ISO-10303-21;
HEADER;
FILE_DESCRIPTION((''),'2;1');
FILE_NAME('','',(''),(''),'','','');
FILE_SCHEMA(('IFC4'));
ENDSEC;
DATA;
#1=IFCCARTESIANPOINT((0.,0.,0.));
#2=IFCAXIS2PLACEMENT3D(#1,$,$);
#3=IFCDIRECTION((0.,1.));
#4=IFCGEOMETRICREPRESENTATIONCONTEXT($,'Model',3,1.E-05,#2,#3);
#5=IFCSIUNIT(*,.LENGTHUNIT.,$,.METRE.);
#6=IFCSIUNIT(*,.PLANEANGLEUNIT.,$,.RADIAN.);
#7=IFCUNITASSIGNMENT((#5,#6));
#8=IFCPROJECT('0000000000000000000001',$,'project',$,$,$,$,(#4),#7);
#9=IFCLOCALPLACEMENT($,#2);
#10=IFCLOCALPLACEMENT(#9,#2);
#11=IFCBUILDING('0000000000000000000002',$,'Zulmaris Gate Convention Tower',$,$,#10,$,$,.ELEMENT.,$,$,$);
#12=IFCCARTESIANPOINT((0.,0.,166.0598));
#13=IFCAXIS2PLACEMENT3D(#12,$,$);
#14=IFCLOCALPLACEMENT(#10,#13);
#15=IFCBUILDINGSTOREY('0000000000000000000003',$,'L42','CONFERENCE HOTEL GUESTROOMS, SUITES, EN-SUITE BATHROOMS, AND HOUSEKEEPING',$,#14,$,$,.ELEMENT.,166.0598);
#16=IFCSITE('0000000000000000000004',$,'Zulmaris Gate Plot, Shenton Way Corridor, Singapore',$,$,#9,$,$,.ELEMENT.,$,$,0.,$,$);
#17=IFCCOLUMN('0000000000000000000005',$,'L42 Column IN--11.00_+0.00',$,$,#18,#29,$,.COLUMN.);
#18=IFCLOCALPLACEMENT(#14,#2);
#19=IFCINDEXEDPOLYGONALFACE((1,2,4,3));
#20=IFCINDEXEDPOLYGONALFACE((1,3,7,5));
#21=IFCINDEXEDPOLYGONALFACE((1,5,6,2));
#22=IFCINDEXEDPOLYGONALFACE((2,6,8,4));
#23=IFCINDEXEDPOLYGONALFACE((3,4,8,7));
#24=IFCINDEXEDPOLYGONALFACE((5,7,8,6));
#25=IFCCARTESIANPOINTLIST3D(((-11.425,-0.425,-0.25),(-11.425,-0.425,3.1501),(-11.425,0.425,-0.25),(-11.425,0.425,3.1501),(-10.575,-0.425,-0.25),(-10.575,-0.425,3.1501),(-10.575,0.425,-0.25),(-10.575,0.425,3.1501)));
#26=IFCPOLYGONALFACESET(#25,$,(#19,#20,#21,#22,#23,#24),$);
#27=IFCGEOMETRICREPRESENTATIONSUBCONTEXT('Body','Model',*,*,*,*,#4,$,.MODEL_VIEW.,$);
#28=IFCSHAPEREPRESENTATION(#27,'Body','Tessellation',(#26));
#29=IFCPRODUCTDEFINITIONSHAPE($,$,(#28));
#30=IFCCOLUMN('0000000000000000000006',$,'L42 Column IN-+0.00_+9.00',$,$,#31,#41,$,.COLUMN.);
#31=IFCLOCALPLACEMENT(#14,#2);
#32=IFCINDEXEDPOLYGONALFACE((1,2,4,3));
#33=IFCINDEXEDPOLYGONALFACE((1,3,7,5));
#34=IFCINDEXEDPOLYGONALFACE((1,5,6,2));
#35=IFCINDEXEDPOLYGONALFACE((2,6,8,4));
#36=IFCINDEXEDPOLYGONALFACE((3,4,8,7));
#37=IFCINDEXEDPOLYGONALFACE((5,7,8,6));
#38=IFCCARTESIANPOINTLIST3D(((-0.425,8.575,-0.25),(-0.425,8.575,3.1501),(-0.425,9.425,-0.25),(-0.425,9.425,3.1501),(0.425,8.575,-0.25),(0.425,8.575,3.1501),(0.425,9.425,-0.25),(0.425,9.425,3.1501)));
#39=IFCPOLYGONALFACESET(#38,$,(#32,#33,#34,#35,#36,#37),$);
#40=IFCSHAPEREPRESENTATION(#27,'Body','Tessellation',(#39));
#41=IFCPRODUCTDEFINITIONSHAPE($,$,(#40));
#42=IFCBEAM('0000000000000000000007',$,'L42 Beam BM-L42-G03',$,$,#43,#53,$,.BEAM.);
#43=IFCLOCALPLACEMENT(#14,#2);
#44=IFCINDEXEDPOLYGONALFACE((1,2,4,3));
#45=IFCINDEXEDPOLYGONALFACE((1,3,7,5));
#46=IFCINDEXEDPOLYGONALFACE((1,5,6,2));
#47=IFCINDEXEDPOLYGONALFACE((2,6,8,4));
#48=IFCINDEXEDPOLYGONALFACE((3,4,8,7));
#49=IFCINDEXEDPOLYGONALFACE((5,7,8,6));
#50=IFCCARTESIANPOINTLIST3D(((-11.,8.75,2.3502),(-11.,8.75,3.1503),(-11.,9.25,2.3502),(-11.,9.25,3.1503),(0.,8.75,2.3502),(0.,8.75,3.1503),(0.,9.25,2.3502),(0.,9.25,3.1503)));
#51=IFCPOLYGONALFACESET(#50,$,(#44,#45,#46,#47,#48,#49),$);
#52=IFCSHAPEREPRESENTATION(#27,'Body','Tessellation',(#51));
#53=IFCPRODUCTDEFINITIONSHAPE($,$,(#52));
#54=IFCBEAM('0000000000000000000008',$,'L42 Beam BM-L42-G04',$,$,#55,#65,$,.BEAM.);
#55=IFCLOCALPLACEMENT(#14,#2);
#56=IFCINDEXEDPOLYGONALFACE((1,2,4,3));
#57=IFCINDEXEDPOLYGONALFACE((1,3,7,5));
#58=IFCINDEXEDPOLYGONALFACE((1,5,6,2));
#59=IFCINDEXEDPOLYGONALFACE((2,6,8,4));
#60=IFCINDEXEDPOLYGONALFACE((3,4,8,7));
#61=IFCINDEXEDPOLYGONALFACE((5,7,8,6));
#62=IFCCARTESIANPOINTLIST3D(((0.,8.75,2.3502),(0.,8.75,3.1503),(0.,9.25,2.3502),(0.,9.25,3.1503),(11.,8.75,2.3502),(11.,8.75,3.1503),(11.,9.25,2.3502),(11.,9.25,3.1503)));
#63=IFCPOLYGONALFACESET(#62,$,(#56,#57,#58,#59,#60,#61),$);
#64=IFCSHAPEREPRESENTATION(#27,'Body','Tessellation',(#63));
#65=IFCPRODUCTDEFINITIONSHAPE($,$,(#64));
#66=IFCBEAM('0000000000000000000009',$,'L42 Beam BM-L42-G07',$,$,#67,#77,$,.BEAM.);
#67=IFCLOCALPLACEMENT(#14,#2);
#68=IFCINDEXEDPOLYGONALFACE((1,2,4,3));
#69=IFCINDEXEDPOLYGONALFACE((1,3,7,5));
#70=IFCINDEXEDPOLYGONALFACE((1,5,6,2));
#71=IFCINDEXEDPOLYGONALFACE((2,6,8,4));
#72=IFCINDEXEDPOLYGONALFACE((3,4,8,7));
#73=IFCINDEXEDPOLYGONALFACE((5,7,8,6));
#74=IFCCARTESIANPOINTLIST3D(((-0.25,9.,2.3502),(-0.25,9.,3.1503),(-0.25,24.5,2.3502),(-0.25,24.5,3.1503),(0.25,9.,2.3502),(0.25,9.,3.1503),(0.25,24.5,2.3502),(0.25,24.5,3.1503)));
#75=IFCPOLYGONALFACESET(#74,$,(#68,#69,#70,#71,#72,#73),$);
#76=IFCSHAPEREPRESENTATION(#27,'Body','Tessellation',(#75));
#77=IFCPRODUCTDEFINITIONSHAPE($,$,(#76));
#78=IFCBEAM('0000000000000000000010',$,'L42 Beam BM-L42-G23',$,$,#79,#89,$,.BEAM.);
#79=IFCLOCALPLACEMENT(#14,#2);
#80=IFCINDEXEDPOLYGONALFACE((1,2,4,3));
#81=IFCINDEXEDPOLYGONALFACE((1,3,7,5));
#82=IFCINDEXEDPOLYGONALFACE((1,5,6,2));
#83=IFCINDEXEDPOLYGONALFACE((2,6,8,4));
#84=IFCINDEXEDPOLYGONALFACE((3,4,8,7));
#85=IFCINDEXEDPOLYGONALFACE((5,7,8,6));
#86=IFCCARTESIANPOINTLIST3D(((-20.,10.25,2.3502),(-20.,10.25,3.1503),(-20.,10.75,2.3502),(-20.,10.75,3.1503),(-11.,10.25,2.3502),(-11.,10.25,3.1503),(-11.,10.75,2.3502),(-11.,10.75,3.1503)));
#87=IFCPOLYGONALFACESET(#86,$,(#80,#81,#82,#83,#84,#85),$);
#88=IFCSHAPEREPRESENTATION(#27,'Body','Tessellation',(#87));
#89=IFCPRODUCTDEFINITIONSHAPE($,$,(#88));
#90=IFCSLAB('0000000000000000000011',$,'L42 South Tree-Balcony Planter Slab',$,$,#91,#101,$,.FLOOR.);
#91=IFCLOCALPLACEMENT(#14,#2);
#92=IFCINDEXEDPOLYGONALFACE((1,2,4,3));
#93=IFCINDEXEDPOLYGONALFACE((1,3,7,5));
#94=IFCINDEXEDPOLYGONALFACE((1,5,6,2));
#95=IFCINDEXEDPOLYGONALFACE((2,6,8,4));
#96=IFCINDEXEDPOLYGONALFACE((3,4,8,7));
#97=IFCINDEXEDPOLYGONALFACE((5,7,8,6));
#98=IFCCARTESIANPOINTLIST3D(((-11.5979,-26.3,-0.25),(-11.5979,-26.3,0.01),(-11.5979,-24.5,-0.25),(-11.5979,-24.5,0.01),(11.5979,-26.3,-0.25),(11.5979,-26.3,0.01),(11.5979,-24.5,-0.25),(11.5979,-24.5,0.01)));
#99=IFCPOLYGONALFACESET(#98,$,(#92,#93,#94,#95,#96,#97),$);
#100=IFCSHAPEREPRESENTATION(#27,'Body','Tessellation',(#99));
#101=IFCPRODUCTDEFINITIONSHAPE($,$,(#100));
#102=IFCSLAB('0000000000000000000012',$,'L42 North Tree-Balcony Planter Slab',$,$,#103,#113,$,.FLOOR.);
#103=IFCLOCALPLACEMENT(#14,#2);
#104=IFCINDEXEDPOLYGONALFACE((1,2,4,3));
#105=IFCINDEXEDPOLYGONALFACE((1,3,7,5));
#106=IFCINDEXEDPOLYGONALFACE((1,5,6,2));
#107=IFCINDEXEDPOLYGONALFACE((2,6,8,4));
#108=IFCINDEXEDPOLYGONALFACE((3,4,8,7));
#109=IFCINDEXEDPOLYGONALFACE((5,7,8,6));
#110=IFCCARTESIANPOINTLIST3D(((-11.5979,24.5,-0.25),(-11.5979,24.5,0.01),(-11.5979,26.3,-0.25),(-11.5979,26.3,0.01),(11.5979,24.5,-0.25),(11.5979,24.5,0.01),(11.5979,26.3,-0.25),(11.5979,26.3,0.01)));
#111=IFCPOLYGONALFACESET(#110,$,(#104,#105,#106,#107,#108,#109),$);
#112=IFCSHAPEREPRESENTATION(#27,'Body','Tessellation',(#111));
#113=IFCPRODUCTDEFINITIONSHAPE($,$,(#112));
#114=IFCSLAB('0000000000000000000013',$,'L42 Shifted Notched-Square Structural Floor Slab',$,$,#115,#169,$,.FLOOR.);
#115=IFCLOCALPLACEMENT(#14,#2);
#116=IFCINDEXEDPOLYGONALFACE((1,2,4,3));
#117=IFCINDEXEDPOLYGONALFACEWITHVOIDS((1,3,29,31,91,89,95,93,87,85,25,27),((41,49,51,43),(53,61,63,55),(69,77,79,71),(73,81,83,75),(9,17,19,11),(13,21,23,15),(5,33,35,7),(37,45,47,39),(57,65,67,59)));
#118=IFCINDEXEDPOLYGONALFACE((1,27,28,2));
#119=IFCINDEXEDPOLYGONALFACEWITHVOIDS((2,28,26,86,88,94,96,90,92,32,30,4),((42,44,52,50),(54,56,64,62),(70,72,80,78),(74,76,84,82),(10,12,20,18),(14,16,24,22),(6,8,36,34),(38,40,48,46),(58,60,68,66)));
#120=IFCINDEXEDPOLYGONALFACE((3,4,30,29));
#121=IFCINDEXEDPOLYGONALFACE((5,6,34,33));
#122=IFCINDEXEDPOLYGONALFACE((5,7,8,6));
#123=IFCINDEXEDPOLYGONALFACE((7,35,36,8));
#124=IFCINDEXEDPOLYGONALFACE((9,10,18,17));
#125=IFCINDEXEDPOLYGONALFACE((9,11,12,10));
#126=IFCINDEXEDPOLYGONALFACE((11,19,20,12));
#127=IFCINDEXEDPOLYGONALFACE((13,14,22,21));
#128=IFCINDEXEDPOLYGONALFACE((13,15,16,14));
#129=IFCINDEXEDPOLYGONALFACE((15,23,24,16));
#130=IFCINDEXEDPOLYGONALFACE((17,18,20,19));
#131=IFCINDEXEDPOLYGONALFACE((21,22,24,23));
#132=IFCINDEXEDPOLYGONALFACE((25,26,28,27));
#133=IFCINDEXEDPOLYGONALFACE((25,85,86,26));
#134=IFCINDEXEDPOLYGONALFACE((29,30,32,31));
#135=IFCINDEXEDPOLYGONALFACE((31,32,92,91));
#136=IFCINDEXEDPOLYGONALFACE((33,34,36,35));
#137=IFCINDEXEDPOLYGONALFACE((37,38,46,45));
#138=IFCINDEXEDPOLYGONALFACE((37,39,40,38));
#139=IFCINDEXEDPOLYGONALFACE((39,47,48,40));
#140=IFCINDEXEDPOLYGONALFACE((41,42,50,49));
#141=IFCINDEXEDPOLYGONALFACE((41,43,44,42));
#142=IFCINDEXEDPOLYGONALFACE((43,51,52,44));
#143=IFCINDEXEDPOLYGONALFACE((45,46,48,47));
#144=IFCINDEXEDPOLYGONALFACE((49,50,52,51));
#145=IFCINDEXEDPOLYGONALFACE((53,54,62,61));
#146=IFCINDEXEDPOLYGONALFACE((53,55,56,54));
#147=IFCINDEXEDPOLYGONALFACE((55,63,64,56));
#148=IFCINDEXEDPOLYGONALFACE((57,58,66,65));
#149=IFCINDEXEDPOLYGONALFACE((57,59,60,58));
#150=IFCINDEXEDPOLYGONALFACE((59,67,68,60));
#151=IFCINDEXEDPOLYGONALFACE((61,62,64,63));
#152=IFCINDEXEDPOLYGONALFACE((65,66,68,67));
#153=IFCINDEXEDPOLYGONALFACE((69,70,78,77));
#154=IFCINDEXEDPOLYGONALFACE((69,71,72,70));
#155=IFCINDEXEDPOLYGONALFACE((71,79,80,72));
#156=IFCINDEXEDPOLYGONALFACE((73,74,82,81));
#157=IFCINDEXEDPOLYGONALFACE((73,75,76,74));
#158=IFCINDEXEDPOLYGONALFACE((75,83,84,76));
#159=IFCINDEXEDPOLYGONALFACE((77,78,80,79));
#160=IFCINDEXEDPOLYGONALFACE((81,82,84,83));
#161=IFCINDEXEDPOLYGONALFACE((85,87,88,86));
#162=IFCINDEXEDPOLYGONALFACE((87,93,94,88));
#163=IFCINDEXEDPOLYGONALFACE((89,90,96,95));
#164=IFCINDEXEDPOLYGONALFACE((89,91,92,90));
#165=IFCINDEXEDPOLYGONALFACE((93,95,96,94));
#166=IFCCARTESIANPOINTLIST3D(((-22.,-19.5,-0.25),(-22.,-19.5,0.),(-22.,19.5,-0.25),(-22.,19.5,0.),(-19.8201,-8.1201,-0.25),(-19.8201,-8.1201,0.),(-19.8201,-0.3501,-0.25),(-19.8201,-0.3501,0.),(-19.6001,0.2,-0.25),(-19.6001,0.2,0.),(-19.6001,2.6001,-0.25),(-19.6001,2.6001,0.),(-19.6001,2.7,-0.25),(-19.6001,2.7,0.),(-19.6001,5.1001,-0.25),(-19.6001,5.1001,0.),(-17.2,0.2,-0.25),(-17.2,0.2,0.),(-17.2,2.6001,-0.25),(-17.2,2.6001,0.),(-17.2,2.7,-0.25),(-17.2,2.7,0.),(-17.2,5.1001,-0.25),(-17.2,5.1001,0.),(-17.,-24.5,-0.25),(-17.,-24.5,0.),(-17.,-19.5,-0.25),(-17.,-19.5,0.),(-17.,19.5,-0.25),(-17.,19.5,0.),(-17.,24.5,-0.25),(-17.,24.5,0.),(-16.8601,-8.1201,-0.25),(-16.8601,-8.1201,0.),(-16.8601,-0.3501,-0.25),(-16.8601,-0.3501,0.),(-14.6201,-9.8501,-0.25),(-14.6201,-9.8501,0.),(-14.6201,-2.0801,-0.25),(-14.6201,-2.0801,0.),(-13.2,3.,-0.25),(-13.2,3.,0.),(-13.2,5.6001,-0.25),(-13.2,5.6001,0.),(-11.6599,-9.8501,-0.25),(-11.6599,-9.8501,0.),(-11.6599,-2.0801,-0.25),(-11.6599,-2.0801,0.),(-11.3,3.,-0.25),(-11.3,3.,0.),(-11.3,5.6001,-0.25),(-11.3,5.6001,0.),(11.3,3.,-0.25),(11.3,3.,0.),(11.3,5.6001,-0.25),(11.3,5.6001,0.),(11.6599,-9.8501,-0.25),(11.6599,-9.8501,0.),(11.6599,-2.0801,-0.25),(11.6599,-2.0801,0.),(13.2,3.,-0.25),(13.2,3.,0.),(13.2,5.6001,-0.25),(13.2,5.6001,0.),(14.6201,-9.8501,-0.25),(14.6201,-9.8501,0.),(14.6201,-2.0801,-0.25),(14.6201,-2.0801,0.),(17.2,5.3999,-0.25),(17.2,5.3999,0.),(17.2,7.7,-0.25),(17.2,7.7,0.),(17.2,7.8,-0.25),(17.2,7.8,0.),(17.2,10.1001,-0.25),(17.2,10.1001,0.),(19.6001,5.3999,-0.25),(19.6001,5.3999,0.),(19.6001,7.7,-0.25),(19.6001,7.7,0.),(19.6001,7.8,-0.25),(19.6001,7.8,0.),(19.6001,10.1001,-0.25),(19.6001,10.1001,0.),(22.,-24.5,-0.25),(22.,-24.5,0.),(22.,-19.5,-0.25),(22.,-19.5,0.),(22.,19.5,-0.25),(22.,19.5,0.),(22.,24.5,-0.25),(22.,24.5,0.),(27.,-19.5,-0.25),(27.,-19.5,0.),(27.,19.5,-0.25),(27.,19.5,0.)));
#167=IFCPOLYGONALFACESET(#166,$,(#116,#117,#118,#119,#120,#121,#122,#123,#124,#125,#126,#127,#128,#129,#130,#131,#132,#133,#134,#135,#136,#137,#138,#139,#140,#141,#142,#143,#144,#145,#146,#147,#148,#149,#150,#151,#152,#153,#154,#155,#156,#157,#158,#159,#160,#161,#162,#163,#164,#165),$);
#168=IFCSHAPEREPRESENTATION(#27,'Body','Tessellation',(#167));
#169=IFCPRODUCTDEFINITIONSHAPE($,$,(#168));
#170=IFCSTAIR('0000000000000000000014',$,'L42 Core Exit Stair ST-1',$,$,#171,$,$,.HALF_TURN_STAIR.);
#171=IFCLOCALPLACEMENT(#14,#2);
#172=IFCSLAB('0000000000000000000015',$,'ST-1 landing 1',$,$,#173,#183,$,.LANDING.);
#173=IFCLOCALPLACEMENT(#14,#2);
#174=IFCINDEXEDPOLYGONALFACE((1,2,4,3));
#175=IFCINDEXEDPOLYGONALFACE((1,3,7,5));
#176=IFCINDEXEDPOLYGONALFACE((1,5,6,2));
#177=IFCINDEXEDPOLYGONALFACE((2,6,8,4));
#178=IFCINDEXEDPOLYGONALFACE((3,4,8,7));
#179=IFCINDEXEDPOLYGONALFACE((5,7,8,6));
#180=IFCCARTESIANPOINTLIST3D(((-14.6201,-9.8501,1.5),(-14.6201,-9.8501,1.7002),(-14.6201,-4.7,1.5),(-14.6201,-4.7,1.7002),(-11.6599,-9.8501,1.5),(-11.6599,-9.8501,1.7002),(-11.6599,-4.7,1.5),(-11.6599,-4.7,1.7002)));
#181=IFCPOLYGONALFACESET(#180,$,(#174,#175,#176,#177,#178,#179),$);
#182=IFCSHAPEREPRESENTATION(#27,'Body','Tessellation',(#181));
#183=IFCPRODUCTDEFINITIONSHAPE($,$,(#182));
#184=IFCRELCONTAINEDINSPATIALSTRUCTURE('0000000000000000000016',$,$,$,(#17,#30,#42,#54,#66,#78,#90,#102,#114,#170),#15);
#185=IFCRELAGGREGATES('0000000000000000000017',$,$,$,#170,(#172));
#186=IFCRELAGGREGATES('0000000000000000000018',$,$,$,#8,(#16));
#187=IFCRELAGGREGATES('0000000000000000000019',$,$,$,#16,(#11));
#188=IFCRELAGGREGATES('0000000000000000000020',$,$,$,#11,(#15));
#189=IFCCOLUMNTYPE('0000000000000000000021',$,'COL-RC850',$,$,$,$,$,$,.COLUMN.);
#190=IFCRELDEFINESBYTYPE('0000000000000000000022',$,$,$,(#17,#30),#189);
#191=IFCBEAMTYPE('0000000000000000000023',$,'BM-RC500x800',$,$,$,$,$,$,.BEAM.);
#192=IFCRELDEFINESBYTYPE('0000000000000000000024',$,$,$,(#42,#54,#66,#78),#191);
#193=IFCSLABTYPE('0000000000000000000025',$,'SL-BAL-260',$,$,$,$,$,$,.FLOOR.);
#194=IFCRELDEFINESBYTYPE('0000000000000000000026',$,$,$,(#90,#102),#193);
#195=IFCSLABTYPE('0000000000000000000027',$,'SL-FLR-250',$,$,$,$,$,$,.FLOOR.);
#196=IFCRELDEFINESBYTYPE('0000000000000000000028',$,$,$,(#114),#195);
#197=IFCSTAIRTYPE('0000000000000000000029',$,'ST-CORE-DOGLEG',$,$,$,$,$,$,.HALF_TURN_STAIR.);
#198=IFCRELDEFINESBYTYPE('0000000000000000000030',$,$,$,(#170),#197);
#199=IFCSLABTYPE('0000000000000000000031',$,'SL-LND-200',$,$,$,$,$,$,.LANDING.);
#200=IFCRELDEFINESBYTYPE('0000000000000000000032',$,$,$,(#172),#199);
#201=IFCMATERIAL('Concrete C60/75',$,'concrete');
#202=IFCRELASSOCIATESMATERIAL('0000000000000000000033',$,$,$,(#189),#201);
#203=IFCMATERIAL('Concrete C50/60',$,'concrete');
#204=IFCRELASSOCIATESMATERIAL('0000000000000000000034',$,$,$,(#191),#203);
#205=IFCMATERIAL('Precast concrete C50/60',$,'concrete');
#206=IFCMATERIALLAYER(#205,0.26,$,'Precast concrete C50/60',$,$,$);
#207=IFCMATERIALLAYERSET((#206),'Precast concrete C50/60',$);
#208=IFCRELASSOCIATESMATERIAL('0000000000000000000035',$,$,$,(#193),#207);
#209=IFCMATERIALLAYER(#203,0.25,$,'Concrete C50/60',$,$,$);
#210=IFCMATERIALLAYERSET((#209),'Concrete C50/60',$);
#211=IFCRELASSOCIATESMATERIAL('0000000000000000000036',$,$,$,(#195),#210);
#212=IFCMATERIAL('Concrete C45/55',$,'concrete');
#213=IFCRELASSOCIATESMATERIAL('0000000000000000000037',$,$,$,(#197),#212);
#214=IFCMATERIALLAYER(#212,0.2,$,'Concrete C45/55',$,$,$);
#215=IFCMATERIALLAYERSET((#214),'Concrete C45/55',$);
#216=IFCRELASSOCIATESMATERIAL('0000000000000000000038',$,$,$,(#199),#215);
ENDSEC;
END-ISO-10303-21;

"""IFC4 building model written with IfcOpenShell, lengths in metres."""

from ifc_helpers import new_model, si_unit, direction, frame, origin, origin_2d, place, context, subcontext, project, spatial, polyline, rectangle, outline, extrude, material, layer, layer_set, material_profile, profile_set, type_object, element, aggregate, save


model = new_model("IFC4")

# Units and contexts
model_context = context("Model", 3, precision=1e-05, world=origin(), true_north=direction((0.0, 1.0)))
body_context = subcontext(model_context, "Body", "Model", "MODEL_VIEW")
ifc_project = project(units=[si_unit("LENGTHUNIT", "METRE"), si_unit("PLANEANGLEUNIT", "RADIAN")], contexts=[model_context])

# Site, building, storey
site_placement = place(None, origin())
site = spatial("IfcSite", under=ifc_project, at=site_placement, Name="Zulmaris Gate Plot, Shenton Way Corridor, Singapore", CompositionType="ELEMENT", RefElevation=0.0)
building_placement = place(site_placement, origin())
building = spatial("IfcBuilding", under=site, at=building_placement, Name="Zulmaris Gate Convention Tower", CompositionType="ELEMENT")
storey_placement = place(building_placement, frame((0.0, 0.0, 166.0598)))
storey = spatial("IfcBuildingStorey", under=building, at=storey_placement, Name="L42", Description="CONFERENCE HOTEL GUESTROOMS, SUITES, EN-SUITE BATHROOMS, AND HOUSEKEEPING", CompositionType="ELEMENT", Elevation=166.0598)

# Columns
ifc_material_1 = material(Name="Concrete C60/75", Category="concrete")
ifc_material_profile_1 = material_profile(ifc_material_1, rectangle(XDim=0.8501, YDim=0.8501, at=origin_2d()), Name="RC COL 850x850")
ifc_profile_set_1 = profile_set([ifc_material_profile_1], Name="Concrete C60/75")
column_type = type_object("IfcColumnType", Name="COL-RC850", PredefinedType="COLUMN", material=ifc_profile_set_1)
for number, where, z_axis, x_axis, name in (
    (1, (-11.0, 0.0, -0.25), (0.0, 0.0, 1.0), (1.0, 0.0, 0.0), "L42 Column IN--11.00_+0.00"),
    (2, (0.0, 9.0, -0.25), (0.0, 0.0, 1.0), (1.0, 0.0, 0.0), "L42 Column IN-+0.00_+9.00"),
):
    element("IfcColumn", number, at=place(storey_placement, frame(where, z_axis=z_axis, x_axis=x_axis)), inside=storey, type_object=column_type, Name=name, PredefinedType="COLUMN", context=body_context, shape_type="SweptSolid", body=[
        extrude(rectangle(XDim=0.8501, YDim=0.8501, at=origin_2d()), origin(), (0.0, 0.0, 1.0), 3.4001),
    ])

# Beams
ifc_material_2 = material(Name="Concrete C50/60", Category="concrete")
ifc_material_profile_2 = material_profile(ifc_material_2, rectangle(XDim=0.5, YDim=0.8, at=origin_2d()), Name="RC BEAM 500x800")
ifc_profile_set_2 = profile_set([ifc_material_profile_2], Name="Concrete C50/60")
beam_type = type_object("IfcBeamType", Name="BM-RC500x800", PredefinedType="BEAM", material=ifc_profile_set_2)
for number, where, z_axis, x_axis, name in (
    (3, (-11.0, 9.0, 2.7502), (1.0, 0.0, 0.0), (0.0, 1.0, 0.0), "L42 Beam BM-L42-G03"),
    (4, (0.0, 9.0, 2.7502), (1.0, 0.0, 0.0), (0.0, 1.0, 0.0), "L42 Beam BM-L42-G04"),
):
    element("IfcBeam", number, at=place(storey_placement, frame(where, z_axis=z_axis, x_axis=x_axis)), inside=storey, type_object=beam_type, Name=name, PredefinedType="BEAM", context=body_context, shape_type="SweptSolid", body=[
        extrude(rectangle(XDim=0.5, YDim=0.8, at=origin_2d()), origin(), (0.0, 0.0, 1.0), 11.0),
    ])
beam_1_placement = place(storey_placement, frame((0.0, 9.0, 2.7502), z_axis=(0.0, 1.0, 0.0), x_axis=(-1.0, 0.0, 0.0)))
element("IfcBeam", 5, at=beam_1_placement, inside=storey, type_object=beam_type, Name="L42 Beam BM-L42-G07", PredefinedType="BEAM", context=body_context, shape_type="SweptSolid", body=[
    extrude(rectangle(XDim=0.5, YDim=0.8, at=origin_2d()), origin(), (0.0, 0.0, 1.0), 15.5),
])
beam_2_placement = place(storey_placement, frame((-20.0, 10.5, 2.7502), z_axis=(1.0, 0.0, 0.0), x_axis=(0.0, 1.0, 0.0)))
element("IfcBeam", 6, at=beam_2_placement, inside=storey, type_object=beam_type, Name="L42 Beam BM-L42-G23", PredefinedType="BEAM", context=body_context, shape_type="SweptSolid", body=[
    extrude(rectangle(XDim=0.5, YDim=0.8, at=origin_2d()), origin(), (0.0, 0.0, 1.0), 9.0),
])

# Slabs
ifc_material_3 = material(Name="Precast concrete C50/60", Category="concrete")
ifc_layer_1 = layer(ifc_material_3, 0.26, Name="Precast concrete C50/60")
ifc_layer_set_1 = layer_set([ifc_layer_1], Name="Precast concrete C50/60")
slab_type_1 = type_object("IfcSlabType", Name="SL-BAL-260", PredefinedType="FLOOR", material=ifc_layer_set_1)
slab_1_placement = place(storey_placement, frame((0.0, 0.0, -0.25)))
element("IfcSlab", 7, at=slab_1_placement, inside=storey, type_object=slab_type_1, Name="L42 South Tree-Balcony Planter Slab", PredefinedType="FLOOR", context=body_context, shape_type="SweptSolid", body=[
    extrude(outline(polyline([(-11.5979, -26.3), (-11.5979, -24.5), (11.5979, -24.5), (11.5979, -26.3), (-11.5979, -26.3)])), origin(), (0.0, 0.0, 1.0), 0.26),
])
slab_2_placement = place(storey_placement, frame((0.0, 0.0, -0.25)))
element("IfcSlab", 8, at=slab_2_placement, inside=storey, type_object=slab_type_1, Name="L42 North Tree-Balcony Planter Slab", PredefinedType="FLOOR", context=body_context, shape_type="SweptSolid", body=[
    extrude(outline(polyline([(11.5979, 26.3), (11.5979, 24.5), (-11.5979, 24.5), (-11.5979, 26.3), (11.5979, 26.3)])), origin(), (0.0, 0.0, 1.0), 0.26),
])
ifc_layer_2 = layer(ifc_material_2, 0.25, Name="Concrete C50/60")
ifc_layer_set_2 = layer_set([ifc_layer_2], Name="Concrete C50/60")
slab_type_2 = type_object("IfcSlabType", Name="SL-FLR-250", PredefinedType="FLOOR", material=ifc_layer_set_2)
slab_3_placement = place(storey_placement, frame((0.0, 0.0, -0.25)))
element("IfcSlab", 9, at=slab_3_placement, inside=storey, type_object=slab_type_2, Name="L42 Shifted Notched-Square Structural Floor Slab", PredefinedType="FLOOR", context=body_context, shape_type="SweptSolid", body=[
    extrude(outline(polyline([(-17.0, -24.5), (22.0, -24.5), (22.0, -19.5), (27.0, -19.5), (27.0, 19.5), (22.0, 19.5), (22.0, 24.5), (-17.0, 24.5), (-17.0, 19.5), (-22.0, 19.5), (-22.0, -19.5), (-17.0, -19.5), (-17.0, -24.5)]), holes=[polyline([(-14.6201, -2.0801), (-14.6201, -9.8501), (-11.6599, -9.8501), (-11.6599, -2.0801), (-14.6201, -2.0801)]), polyline([(11.6599, -2.0801), (11.6599, -9.8501), (14.6201, -9.8501), (14.6201, -2.0801), (11.6599, -2.0801)]), polyline([(-16.8601, -8.1201), (-16.8601, -0.3501), (-19.8201, -0.3501), (-19.8201, -8.1201), (-16.8601, -8.1201)]), polyline([(-13.2, 3.0), (-11.3, 3.0), (-11.3, 5.6001), (-13.2, 5.6001), (-13.2, 3.0)]), polyline([(11.3, 3.0), (13.2, 3.0), (13.2, 5.6001), (11.3, 5.6001), (11.3, 3.0)]), polyline([(17.2, 5.3999), (19.6001, 5.3999), (19.6001, 7.7), (17.2, 7.7), (17.2, 5.3999)]), polyline([(17.2, 7.8), (19.6001, 7.8), (19.6001, 10.1001), (17.2, 10.1001), (17.2, 7.8)]), polyline([(-19.6001, 0.2), (-17.2, 0.2), (-17.2, 2.6001), (-19.6001, 2.6001), (-19.6001, 0.2)]), polyline([(-19.6001, 2.7), (-17.2, 2.7), (-17.2, 5.1001), (-19.6001, 5.1001), (-19.6001, 2.7)])]), origin(), (0.0, 0.0, 1.0), 0.25),
])

# Stair, slab
ifc_material_4 = material(Name="Concrete C45/55", Category="concrete")
stair_type = type_object("IfcStairType", Name="ST-CORE-DOGLEG", PredefinedType="HALF_TURN_STAIR", material=ifc_material_4)
stair_placement = place(storey_placement, origin())
stair = element("IfcStair", 10, at=stair_placement, inside=storey, type_object=stair_type, Name="L42 Core Exit Stair ST-1", PredefinedType="HALF_TURN_STAIR")
ifc_layer_3 = layer(ifc_material_4, 0.2, Name="Concrete C45/55")
ifc_layer_set_3 = layer_set([ifc_layer_3], Name="Concrete C45/55")
slab_type_3 = type_object("IfcSlabType", Name="SL-LND-200", PredefinedType="LANDING", material=ifc_layer_set_3)
slab_4_placement = place(storey_placement, frame((0.0, 0.0, 1.5)))
slab_4 = element("IfcSlab", 11, at=slab_4_placement, type_object=slab_type_3, Name="ST-1 landing 1", PredefinedType="LANDING", context=body_context, shape_type="SweptSolid", body=[
    extrude(outline(polyline([(-14.6201, -4.7), (-14.6201, -9.8501), (-11.6599, -9.8501), (-11.6599, -4.7), (-14.6201, -4.7)])), origin(), (0.0, 0.0, 1.0), 0.2002),
])
aggregate(stair, [slab_4])

save(model, "model.ifc")
